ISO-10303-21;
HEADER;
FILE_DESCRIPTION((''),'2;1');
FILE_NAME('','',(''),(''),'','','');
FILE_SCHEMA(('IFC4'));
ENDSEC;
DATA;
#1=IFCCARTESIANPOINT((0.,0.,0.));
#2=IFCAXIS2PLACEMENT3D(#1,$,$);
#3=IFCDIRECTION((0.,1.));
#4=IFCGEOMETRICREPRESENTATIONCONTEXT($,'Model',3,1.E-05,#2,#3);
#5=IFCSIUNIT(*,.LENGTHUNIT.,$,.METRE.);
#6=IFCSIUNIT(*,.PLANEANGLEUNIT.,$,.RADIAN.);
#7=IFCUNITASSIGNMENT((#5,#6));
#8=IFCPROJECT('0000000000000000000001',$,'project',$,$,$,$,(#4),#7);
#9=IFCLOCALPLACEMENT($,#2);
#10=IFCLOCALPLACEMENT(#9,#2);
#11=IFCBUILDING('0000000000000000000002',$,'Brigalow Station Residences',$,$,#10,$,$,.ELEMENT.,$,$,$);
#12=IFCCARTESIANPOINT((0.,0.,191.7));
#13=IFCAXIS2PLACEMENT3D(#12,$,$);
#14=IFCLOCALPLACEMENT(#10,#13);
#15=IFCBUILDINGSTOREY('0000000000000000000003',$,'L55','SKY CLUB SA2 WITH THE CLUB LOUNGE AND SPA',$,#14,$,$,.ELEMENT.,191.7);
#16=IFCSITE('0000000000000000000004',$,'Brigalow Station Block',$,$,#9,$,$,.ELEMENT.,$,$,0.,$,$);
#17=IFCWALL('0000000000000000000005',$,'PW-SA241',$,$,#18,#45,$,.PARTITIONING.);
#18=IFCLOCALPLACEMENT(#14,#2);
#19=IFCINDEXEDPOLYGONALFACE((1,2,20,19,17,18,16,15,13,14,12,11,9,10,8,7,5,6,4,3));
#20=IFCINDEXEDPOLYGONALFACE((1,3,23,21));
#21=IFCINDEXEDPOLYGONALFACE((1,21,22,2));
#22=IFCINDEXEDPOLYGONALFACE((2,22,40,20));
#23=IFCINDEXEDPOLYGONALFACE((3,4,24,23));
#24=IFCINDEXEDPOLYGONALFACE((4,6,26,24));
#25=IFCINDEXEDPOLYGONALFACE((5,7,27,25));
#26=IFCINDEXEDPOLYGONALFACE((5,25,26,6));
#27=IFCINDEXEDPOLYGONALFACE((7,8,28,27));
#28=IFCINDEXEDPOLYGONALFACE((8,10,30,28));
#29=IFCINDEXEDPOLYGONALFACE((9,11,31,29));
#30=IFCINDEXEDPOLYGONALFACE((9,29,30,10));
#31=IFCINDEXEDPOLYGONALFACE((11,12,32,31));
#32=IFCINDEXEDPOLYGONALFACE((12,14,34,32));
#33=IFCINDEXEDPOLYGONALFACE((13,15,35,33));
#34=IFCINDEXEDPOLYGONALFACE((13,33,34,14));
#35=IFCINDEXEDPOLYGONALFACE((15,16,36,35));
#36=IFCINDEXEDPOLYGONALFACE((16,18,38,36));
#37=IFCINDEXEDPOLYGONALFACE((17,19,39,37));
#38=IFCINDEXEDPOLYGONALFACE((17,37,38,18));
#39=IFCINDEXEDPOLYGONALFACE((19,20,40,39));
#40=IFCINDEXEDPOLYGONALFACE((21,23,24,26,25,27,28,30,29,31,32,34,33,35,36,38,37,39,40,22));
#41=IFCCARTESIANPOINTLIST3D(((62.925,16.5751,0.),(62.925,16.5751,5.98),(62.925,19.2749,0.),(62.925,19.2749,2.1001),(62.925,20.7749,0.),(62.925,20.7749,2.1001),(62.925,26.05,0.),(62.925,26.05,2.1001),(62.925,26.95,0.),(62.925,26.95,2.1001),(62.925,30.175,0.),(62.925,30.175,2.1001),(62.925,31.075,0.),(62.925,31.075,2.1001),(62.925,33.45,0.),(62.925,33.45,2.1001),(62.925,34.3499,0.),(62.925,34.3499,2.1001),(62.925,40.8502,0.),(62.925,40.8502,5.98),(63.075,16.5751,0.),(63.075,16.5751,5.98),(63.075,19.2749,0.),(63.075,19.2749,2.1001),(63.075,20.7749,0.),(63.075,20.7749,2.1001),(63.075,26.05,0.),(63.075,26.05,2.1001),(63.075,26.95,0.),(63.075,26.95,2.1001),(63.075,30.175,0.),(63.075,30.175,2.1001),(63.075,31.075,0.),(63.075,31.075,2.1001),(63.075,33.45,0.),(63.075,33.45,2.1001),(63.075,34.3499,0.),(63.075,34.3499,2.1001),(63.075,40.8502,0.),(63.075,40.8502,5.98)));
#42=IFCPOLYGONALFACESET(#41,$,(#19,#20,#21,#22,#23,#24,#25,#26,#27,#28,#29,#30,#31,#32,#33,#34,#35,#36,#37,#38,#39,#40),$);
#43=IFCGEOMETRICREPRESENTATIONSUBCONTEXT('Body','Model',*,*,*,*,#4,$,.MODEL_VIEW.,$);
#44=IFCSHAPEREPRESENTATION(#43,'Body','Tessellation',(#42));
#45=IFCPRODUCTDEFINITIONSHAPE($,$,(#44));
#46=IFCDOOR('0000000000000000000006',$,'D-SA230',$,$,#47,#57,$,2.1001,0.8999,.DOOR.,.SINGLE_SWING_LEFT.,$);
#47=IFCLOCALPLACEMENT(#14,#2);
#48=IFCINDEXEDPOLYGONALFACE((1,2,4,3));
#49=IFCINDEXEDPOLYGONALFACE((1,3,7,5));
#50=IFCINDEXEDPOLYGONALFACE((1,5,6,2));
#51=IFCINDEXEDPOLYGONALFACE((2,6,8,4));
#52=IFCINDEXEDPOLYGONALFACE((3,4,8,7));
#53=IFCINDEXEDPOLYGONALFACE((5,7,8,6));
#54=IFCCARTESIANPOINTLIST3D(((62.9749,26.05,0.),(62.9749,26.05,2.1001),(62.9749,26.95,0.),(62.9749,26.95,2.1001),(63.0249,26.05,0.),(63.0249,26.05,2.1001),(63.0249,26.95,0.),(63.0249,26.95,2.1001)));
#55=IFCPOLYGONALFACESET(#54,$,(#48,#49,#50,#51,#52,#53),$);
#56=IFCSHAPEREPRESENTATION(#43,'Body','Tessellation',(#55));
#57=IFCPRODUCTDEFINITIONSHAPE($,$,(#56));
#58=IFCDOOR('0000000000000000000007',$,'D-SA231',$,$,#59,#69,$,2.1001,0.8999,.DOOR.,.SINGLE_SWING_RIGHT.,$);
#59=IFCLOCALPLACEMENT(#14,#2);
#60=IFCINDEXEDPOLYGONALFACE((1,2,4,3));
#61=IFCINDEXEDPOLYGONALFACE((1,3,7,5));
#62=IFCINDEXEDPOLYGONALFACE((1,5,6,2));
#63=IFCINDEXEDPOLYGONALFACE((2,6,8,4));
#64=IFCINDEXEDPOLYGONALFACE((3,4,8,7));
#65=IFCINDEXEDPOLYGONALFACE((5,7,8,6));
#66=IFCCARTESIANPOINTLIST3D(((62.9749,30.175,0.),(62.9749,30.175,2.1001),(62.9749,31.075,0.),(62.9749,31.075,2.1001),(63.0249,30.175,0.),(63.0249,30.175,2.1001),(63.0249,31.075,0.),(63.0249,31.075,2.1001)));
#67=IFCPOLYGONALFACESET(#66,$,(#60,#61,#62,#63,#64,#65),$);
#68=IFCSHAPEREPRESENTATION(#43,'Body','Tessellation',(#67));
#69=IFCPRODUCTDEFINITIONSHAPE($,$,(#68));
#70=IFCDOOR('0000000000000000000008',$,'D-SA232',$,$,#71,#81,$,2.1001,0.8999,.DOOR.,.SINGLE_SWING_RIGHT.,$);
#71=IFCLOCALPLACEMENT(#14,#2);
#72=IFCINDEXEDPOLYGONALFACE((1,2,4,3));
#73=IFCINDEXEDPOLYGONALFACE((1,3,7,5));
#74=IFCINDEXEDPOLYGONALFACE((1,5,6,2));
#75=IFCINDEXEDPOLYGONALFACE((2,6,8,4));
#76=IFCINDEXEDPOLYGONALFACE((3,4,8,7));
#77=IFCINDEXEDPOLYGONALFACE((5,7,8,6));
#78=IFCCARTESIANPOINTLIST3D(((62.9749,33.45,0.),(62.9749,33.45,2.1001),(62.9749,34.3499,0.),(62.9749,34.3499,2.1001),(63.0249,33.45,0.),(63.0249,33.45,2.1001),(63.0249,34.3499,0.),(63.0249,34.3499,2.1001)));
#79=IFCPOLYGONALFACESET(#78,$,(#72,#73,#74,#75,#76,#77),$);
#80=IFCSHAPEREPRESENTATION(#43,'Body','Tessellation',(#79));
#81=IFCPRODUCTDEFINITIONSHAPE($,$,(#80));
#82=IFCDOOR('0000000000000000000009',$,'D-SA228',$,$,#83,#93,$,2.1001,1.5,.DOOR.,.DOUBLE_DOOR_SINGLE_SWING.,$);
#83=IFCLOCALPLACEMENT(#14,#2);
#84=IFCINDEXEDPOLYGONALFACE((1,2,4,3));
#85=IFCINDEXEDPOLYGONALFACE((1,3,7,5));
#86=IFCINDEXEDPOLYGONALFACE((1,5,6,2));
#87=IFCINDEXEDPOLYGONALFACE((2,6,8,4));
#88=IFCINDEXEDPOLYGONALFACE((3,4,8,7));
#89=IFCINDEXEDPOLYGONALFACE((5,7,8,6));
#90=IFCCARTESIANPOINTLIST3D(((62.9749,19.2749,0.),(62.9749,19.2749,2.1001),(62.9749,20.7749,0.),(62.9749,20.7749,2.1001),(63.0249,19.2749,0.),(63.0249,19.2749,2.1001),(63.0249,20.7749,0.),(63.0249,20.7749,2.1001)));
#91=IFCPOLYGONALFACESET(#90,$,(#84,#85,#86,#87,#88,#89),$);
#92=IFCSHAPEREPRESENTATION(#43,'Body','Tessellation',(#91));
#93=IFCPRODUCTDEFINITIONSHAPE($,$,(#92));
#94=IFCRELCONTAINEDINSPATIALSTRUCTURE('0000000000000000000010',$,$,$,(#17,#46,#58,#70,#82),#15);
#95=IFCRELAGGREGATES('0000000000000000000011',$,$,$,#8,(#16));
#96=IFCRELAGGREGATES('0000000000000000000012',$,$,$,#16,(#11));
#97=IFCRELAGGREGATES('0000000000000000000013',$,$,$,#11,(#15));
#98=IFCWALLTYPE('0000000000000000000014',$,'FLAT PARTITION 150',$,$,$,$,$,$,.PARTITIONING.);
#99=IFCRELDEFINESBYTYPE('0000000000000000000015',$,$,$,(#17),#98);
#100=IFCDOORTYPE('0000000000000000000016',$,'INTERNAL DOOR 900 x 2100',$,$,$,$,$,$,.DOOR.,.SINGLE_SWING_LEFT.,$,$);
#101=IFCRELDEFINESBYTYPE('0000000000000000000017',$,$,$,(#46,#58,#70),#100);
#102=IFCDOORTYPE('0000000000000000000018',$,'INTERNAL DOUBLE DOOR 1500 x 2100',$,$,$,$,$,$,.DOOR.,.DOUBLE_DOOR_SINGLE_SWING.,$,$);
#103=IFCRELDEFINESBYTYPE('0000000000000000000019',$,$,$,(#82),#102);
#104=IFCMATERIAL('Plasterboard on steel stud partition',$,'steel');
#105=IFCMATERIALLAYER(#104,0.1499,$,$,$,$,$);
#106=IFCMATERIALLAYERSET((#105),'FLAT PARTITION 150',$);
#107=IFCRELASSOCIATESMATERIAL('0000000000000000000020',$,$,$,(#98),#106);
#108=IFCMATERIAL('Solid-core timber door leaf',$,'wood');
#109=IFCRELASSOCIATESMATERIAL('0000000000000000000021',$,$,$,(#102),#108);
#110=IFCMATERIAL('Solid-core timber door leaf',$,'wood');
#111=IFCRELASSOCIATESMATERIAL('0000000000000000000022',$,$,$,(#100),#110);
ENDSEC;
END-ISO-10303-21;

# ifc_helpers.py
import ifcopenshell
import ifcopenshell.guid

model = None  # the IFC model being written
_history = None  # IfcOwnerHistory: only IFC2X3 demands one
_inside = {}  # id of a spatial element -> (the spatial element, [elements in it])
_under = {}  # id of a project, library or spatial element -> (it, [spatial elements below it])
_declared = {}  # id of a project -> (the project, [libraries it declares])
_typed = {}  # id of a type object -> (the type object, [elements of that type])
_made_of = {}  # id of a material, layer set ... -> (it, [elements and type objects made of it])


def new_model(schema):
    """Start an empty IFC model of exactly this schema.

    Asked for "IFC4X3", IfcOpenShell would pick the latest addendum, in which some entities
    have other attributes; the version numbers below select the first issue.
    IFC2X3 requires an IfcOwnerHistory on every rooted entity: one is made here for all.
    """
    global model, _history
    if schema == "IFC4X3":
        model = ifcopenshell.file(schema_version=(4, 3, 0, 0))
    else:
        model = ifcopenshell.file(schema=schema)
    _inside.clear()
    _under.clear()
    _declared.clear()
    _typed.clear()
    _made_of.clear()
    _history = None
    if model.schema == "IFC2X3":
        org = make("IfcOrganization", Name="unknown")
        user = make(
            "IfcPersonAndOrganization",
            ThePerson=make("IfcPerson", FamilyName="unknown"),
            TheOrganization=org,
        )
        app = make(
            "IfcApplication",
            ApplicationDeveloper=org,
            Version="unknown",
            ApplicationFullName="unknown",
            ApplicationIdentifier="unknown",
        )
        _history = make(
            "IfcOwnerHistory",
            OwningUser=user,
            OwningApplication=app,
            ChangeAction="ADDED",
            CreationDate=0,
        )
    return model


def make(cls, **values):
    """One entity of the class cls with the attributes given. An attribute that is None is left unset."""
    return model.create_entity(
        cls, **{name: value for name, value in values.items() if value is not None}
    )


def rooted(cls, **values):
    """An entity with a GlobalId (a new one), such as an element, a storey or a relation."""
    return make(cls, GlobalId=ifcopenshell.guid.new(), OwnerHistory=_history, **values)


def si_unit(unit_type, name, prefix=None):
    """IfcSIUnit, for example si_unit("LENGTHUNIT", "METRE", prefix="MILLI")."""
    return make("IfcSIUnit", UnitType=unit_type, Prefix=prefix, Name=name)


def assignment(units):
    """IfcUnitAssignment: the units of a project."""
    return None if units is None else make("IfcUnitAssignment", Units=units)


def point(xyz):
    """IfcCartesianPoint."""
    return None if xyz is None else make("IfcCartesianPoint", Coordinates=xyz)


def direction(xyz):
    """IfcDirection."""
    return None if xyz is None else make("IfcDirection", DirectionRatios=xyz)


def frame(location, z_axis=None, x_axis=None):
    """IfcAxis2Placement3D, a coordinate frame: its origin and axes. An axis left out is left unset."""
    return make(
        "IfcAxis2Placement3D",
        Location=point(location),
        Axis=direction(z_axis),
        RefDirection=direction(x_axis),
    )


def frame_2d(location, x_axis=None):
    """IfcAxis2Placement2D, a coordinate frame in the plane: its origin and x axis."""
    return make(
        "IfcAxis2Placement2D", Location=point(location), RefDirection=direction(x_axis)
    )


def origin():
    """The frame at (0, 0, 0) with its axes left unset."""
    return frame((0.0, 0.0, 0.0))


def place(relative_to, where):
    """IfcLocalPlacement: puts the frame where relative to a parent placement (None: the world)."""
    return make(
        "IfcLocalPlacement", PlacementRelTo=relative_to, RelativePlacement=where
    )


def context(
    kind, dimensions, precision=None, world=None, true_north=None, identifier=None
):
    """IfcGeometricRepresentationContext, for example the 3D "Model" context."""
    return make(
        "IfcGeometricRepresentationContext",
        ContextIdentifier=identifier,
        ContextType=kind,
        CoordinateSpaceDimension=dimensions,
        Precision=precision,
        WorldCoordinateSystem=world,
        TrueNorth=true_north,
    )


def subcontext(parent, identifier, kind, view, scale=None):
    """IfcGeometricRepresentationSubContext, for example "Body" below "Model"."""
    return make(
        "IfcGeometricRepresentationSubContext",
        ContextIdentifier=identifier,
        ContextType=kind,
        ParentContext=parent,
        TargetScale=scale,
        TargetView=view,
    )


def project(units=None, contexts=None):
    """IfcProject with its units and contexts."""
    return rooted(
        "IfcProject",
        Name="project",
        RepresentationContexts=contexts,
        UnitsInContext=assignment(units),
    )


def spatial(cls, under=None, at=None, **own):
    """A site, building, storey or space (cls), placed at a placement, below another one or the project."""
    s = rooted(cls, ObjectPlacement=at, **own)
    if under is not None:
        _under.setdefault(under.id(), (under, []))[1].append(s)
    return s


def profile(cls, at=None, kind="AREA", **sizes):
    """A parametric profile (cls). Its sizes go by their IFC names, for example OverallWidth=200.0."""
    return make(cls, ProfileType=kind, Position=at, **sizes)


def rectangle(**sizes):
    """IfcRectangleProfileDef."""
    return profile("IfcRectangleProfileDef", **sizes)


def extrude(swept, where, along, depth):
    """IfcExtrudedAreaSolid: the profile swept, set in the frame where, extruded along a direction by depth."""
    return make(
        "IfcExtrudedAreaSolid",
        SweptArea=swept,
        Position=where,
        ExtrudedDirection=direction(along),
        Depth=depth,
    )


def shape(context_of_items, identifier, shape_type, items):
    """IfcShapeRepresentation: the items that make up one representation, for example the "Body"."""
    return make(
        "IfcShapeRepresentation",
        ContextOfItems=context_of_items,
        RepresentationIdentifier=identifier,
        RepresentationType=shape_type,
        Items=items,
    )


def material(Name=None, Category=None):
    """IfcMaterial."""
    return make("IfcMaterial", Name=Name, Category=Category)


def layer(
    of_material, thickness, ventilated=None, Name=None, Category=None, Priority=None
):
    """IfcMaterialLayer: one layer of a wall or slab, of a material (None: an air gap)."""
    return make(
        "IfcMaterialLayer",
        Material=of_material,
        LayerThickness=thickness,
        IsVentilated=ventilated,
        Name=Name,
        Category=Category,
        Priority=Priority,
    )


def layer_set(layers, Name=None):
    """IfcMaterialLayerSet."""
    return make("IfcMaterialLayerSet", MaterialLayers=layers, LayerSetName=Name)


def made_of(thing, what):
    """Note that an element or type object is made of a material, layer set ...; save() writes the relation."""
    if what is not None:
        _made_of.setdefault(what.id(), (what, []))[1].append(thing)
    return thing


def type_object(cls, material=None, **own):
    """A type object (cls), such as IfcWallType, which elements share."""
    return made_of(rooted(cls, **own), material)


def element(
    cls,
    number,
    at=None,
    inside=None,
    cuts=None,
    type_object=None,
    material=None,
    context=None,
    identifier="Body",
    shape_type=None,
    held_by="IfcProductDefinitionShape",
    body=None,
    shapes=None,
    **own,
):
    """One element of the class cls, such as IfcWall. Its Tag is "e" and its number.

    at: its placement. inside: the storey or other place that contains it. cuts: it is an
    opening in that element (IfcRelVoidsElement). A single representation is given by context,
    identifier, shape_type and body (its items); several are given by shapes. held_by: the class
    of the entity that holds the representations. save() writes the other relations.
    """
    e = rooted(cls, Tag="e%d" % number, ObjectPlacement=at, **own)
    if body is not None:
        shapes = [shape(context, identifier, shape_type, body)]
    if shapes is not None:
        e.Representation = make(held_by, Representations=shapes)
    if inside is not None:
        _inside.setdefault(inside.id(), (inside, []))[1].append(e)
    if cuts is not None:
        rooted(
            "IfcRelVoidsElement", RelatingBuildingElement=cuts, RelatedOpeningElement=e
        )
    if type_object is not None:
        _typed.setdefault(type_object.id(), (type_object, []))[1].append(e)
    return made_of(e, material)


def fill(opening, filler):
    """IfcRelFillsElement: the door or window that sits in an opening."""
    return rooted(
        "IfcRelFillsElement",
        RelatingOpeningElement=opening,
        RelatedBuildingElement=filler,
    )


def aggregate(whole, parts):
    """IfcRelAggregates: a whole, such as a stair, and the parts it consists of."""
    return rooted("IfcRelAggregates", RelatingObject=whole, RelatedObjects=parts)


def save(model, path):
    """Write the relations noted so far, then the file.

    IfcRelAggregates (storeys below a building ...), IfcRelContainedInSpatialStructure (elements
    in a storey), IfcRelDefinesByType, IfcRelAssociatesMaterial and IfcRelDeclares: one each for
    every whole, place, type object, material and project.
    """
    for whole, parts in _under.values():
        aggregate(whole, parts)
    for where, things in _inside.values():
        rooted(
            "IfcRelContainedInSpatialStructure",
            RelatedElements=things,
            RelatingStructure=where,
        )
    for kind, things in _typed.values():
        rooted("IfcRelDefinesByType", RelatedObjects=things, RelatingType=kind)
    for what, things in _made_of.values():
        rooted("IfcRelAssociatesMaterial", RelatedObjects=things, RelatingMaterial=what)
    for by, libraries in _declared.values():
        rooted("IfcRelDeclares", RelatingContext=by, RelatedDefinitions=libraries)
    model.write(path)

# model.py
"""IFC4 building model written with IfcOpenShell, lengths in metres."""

from ifc_helpers import new_model, si_unit, direction, frame, frame_2d, origin, place, context, subcontext, project, spatial, rectangle, extrude, material, layer, layer_set, type_object, element, fill, save


model = new_model("IFC4")

# Units and contexts
model_context = context("Model", 3, precision=1e-05, world=origin(), true_north=direction((0.0, 1.0)))
body_context = subcontext(model_context, "Body", "Model", "MODEL_VIEW")
ifc_project = project(units=[si_unit("LENGTHUNIT", "METRE"), si_unit("PLANEANGLEUNIT", "RADIAN")], contexts=[model_context])

# Site, building, storey
site_placement = place(None, origin())
site = spatial("IfcSite", under=ifc_project, at=site_placement, Name="Brigalow Station Block", CompositionType="ELEMENT", RefElevation=0.0)
building_placement = place(site_placement, origin())
building = spatial("IfcBuilding", under=site, at=building_placement, Name="Brigalow Station Residences", CompositionType="ELEMENT")
storey_placement = place(building_placement, frame((0.0, 0.0, 191.7)))
storey = spatial("IfcBuildingStorey", under=building, at=storey_placement, Name="L55", Description="SKY CLUB SA2 WITH THE CLUB LOUNGE AND SPA", CompositionType="ELEMENT", Elevation=191.7)

# Shared definitions
ifc_material_1 = material(Name="Plasterboard on steel stud partition", Category="steel")
ifc_layer_1 = layer(ifc_material_1, 0.1499)
ifc_layer_set_1 = layer_set([ifc_layer_1], Name="FLAT PARTITION 150")
wall_type_1 = type_object("IfcWallType", Name="FLAT PARTITION 150", PredefinedType="PARTITIONING", material=ifc_layer_set_1)
ifc_material_2 = material(Name="Solid-core timber door leaf", Category="wood")
door_type_1 = type_object("IfcDoorType", Name="INTERNAL DOUBLE DOOR 1500 x 2100", OperationType="DOUBLE_DOOR_SINGLE_SWING", PredefinedType="DOOR", material=ifc_material_2)

# Wall, openings, doors
wall_1_placement = place(storey_placement, frame((63.0, 16.575, 0.0), z_axis=(0.0, 0.0, 1.0), x_axis=(0.0, 1.0, 0.0)))
wall_1 = element("IfcWall", 1, at=wall_1_placement, inside=storey, type_object=wall_type_1, Name="PW-SA241", PredefinedType="PARTITIONING", context=body_context, shape_type="SweptSolid", body=[
    extrude(rectangle(XDim=24.2751, YDim=0.1499, at=frame_2d((12.1377, 0.0))), origin(), (0.0, 0.0, 1.0), 5.98),
])
opening_1_placement = place(wall_1_placement, frame((2.7, 0.0, 0.0)))
opening_1 = element("IfcOpeningElement", 2, at=opening_1_placement, cuts=wall_1, PredefinedType="OPENING", context=body_context, shape_type="SweptSolid", body=[
    extrude(rectangle(XDim=1.5, YDim=2.1001, at=frame_2d((0.75, 1.05))), frame((0.0, 0.085, 0.0), z_axis=(0.0, -1.0, 0.0), x_axis=(1.0, 0.0, 0.0)), (0.0, 0.0, 1.0), 0.1699),
])
opening_2_placement = place(wall_1_placement, frame((9.4751, 0.0, 0.0)))
opening_2 = element("IfcOpeningElement", 3, at=opening_2_placement, cuts=wall_1, PredefinedType="OPENING", context=body_context, shape_type="SweptSolid", body=[
    extrude(rectangle(XDim=0.8999, YDim=2.1001, at=frame_2d((0.45, 1.05))), frame((0.0, 0.085, 0.0), z_axis=(0.0, -1.0, 0.0), x_axis=(1.0, 0.0, 0.0)), (0.0, 0.0, 1.0), 0.1699),
])
opening_3_placement = place(wall_1_placement, frame((13.6001, 0.0, 0.0)))
opening_3 = element("IfcOpeningElement", 4, at=opening_3_placement, cuts=wall_1, PredefinedType="OPENING", context=body_context, shape_type="SweptSolid", body=[
    extrude(rectangle(XDim=0.8999, YDim=2.1001, at=frame_2d((0.45, 1.05))), frame((0.0, 0.085, 0.0), z_axis=(0.0, -1.0, 0.0), x_axis=(1.0, 0.0, 0.0)), (0.0, 0.0, 1.0), 0.1699),
])
opening_4_placement = place(wall_1_placement, frame((16.875, 0.0, 0.0)))
opening_4 = element("IfcOpeningElement", 5, at=opening_4_placement, cuts=wall_1, PredefinedType="OPENING", context=body_context, shape_type="SweptSolid", body=[
    extrude(rectangle(XDim=0.8999, YDim=2.1001, at=frame_2d((0.45, 1.05))), frame((0.0, 0.085, 0.0), z_axis=(0.0, -1.0, 0.0), x_axis=(1.0, 0.0, 0.0)), (0.0, 0.0, 1.0), 0.1699),
])
ifc_material_3 = material(Name="Solid-core timber door leaf", Category="wood")
door_type_2 = type_object("IfcDoorType", Name="INTERNAL DOOR 900 x 2100", OperationType="SINGLE_SWING_LEFT", PredefinedType="DOOR", material=ifc_material_3)
door_1_placement = place(opening_2_placement, frame((0.8999, 0.0, 0.0), z_axis=(0.0, 0.0, 1.0), x_axis=(-1.0, 0.0, 0.0)))
door_1 = element("IfcDoor", 6, at=door_1_placement, inside=storey, type_object=door_type_2, Name="D-SA230", OperationType="SINGLE_SWING_LEFT", OverallHeight=2.1001, OverallWidth=0.8999, PredefinedType="DOOR", context=body_context, shape_type="SweptSolid", body=[
    extrude(rectangle(XDim=0.8999, YDim=2.1001, at=frame_2d((0.45, 1.05))), frame((0.0, 0.0249, 0.0), z_axis=(0.0, -1.0, 0.0), x_axis=(1.0, 0.0, 0.0)), (0.0, 0.0, 1.0), 0.05),
])
fill(opening_2, door_1)
door_2_placement = place(opening_3_placement, frame((0.8999, 0.0, 0.0), z_axis=(0.0, 0.0, 1.0), x_axis=(-1.0, 0.0, 0.0)))
door_2 = element("IfcDoor", 7, at=door_2_placement, inside=storey, type_object=door_type_2, Name="D-SA231", OperationType="SINGLE_SWING_RIGHT", OverallHeight=2.1001, OverallWidth=0.8999, PredefinedType="DOOR", context=body_context, shape_type="SweptSolid", body=[
    extrude(rectangle(XDim=0.8999, YDim=2.1001, at=frame_2d((0.45, 1.05))), frame((0.0, 0.0249, 0.0), z_axis=(0.0, -1.0, 0.0), x_axis=(1.0, 0.0, 0.0)), (0.0, 0.0, 1.0), 0.05),
])
fill(opening_3, door_2)
door_3_placement = place(opening_4_placement, frame((0.8999, 0.0, 0.0), z_axis=(0.0, 0.0, 1.0), x_axis=(-1.0, 0.0, 0.0)))
door_3 = element("IfcDoor", 8, at=door_3_placement, inside=storey, type_object=door_type_2, Name="D-SA232", OperationType="SINGLE_SWING_RIGHT", OverallHeight=2.1001, OverallWidth=0.8999, PredefinedType="DOOR", context=body_context, shape_type="SweptSolid", body=[
    extrude(rectangle(XDim=0.8999, YDim=2.1001, at=frame_2d((0.45, 1.05))), frame((0.0, 0.0249, 0.0), z_axis=(0.0, -1.0, 0.0), x_axis=(1.0, 0.0, 0.0)), (0.0, 0.0, 1.0), 0.05),
])
fill(opening_4, door_3)
door_4_placement = place(opening_1_placement, frame((1.5, 0.0, 0.0), z_axis=(0.0, 0.0, 1.0), x_axis=(-1.0, 0.0, 0.0)))
door_4 = element("IfcDoor", 9, at=door_4_placement, inside=storey, type_object=door_type_1, Name="D-SA228", OperationType="DOUBLE_DOOR_SINGLE_SWING", OverallHeight=2.1001, OverallWidth=1.5, PredefinedType="DOOR", context=body_context, shape_type="SweptSolid", body=[
    extrude(rectangle(XDim=1.5, YDim=2.1001, at=frame_2d((0.75, 1.05))), frame((0.0, 0.0249, 0.0), z_axis=(0.0, -1.0, 0.0), x_axis=(1.0, 0.0, 0.0)), (0.0, 0.0, 1.0), 0.05),
])
fill(opening_1, door_4)

save(model, "model.ifc")
